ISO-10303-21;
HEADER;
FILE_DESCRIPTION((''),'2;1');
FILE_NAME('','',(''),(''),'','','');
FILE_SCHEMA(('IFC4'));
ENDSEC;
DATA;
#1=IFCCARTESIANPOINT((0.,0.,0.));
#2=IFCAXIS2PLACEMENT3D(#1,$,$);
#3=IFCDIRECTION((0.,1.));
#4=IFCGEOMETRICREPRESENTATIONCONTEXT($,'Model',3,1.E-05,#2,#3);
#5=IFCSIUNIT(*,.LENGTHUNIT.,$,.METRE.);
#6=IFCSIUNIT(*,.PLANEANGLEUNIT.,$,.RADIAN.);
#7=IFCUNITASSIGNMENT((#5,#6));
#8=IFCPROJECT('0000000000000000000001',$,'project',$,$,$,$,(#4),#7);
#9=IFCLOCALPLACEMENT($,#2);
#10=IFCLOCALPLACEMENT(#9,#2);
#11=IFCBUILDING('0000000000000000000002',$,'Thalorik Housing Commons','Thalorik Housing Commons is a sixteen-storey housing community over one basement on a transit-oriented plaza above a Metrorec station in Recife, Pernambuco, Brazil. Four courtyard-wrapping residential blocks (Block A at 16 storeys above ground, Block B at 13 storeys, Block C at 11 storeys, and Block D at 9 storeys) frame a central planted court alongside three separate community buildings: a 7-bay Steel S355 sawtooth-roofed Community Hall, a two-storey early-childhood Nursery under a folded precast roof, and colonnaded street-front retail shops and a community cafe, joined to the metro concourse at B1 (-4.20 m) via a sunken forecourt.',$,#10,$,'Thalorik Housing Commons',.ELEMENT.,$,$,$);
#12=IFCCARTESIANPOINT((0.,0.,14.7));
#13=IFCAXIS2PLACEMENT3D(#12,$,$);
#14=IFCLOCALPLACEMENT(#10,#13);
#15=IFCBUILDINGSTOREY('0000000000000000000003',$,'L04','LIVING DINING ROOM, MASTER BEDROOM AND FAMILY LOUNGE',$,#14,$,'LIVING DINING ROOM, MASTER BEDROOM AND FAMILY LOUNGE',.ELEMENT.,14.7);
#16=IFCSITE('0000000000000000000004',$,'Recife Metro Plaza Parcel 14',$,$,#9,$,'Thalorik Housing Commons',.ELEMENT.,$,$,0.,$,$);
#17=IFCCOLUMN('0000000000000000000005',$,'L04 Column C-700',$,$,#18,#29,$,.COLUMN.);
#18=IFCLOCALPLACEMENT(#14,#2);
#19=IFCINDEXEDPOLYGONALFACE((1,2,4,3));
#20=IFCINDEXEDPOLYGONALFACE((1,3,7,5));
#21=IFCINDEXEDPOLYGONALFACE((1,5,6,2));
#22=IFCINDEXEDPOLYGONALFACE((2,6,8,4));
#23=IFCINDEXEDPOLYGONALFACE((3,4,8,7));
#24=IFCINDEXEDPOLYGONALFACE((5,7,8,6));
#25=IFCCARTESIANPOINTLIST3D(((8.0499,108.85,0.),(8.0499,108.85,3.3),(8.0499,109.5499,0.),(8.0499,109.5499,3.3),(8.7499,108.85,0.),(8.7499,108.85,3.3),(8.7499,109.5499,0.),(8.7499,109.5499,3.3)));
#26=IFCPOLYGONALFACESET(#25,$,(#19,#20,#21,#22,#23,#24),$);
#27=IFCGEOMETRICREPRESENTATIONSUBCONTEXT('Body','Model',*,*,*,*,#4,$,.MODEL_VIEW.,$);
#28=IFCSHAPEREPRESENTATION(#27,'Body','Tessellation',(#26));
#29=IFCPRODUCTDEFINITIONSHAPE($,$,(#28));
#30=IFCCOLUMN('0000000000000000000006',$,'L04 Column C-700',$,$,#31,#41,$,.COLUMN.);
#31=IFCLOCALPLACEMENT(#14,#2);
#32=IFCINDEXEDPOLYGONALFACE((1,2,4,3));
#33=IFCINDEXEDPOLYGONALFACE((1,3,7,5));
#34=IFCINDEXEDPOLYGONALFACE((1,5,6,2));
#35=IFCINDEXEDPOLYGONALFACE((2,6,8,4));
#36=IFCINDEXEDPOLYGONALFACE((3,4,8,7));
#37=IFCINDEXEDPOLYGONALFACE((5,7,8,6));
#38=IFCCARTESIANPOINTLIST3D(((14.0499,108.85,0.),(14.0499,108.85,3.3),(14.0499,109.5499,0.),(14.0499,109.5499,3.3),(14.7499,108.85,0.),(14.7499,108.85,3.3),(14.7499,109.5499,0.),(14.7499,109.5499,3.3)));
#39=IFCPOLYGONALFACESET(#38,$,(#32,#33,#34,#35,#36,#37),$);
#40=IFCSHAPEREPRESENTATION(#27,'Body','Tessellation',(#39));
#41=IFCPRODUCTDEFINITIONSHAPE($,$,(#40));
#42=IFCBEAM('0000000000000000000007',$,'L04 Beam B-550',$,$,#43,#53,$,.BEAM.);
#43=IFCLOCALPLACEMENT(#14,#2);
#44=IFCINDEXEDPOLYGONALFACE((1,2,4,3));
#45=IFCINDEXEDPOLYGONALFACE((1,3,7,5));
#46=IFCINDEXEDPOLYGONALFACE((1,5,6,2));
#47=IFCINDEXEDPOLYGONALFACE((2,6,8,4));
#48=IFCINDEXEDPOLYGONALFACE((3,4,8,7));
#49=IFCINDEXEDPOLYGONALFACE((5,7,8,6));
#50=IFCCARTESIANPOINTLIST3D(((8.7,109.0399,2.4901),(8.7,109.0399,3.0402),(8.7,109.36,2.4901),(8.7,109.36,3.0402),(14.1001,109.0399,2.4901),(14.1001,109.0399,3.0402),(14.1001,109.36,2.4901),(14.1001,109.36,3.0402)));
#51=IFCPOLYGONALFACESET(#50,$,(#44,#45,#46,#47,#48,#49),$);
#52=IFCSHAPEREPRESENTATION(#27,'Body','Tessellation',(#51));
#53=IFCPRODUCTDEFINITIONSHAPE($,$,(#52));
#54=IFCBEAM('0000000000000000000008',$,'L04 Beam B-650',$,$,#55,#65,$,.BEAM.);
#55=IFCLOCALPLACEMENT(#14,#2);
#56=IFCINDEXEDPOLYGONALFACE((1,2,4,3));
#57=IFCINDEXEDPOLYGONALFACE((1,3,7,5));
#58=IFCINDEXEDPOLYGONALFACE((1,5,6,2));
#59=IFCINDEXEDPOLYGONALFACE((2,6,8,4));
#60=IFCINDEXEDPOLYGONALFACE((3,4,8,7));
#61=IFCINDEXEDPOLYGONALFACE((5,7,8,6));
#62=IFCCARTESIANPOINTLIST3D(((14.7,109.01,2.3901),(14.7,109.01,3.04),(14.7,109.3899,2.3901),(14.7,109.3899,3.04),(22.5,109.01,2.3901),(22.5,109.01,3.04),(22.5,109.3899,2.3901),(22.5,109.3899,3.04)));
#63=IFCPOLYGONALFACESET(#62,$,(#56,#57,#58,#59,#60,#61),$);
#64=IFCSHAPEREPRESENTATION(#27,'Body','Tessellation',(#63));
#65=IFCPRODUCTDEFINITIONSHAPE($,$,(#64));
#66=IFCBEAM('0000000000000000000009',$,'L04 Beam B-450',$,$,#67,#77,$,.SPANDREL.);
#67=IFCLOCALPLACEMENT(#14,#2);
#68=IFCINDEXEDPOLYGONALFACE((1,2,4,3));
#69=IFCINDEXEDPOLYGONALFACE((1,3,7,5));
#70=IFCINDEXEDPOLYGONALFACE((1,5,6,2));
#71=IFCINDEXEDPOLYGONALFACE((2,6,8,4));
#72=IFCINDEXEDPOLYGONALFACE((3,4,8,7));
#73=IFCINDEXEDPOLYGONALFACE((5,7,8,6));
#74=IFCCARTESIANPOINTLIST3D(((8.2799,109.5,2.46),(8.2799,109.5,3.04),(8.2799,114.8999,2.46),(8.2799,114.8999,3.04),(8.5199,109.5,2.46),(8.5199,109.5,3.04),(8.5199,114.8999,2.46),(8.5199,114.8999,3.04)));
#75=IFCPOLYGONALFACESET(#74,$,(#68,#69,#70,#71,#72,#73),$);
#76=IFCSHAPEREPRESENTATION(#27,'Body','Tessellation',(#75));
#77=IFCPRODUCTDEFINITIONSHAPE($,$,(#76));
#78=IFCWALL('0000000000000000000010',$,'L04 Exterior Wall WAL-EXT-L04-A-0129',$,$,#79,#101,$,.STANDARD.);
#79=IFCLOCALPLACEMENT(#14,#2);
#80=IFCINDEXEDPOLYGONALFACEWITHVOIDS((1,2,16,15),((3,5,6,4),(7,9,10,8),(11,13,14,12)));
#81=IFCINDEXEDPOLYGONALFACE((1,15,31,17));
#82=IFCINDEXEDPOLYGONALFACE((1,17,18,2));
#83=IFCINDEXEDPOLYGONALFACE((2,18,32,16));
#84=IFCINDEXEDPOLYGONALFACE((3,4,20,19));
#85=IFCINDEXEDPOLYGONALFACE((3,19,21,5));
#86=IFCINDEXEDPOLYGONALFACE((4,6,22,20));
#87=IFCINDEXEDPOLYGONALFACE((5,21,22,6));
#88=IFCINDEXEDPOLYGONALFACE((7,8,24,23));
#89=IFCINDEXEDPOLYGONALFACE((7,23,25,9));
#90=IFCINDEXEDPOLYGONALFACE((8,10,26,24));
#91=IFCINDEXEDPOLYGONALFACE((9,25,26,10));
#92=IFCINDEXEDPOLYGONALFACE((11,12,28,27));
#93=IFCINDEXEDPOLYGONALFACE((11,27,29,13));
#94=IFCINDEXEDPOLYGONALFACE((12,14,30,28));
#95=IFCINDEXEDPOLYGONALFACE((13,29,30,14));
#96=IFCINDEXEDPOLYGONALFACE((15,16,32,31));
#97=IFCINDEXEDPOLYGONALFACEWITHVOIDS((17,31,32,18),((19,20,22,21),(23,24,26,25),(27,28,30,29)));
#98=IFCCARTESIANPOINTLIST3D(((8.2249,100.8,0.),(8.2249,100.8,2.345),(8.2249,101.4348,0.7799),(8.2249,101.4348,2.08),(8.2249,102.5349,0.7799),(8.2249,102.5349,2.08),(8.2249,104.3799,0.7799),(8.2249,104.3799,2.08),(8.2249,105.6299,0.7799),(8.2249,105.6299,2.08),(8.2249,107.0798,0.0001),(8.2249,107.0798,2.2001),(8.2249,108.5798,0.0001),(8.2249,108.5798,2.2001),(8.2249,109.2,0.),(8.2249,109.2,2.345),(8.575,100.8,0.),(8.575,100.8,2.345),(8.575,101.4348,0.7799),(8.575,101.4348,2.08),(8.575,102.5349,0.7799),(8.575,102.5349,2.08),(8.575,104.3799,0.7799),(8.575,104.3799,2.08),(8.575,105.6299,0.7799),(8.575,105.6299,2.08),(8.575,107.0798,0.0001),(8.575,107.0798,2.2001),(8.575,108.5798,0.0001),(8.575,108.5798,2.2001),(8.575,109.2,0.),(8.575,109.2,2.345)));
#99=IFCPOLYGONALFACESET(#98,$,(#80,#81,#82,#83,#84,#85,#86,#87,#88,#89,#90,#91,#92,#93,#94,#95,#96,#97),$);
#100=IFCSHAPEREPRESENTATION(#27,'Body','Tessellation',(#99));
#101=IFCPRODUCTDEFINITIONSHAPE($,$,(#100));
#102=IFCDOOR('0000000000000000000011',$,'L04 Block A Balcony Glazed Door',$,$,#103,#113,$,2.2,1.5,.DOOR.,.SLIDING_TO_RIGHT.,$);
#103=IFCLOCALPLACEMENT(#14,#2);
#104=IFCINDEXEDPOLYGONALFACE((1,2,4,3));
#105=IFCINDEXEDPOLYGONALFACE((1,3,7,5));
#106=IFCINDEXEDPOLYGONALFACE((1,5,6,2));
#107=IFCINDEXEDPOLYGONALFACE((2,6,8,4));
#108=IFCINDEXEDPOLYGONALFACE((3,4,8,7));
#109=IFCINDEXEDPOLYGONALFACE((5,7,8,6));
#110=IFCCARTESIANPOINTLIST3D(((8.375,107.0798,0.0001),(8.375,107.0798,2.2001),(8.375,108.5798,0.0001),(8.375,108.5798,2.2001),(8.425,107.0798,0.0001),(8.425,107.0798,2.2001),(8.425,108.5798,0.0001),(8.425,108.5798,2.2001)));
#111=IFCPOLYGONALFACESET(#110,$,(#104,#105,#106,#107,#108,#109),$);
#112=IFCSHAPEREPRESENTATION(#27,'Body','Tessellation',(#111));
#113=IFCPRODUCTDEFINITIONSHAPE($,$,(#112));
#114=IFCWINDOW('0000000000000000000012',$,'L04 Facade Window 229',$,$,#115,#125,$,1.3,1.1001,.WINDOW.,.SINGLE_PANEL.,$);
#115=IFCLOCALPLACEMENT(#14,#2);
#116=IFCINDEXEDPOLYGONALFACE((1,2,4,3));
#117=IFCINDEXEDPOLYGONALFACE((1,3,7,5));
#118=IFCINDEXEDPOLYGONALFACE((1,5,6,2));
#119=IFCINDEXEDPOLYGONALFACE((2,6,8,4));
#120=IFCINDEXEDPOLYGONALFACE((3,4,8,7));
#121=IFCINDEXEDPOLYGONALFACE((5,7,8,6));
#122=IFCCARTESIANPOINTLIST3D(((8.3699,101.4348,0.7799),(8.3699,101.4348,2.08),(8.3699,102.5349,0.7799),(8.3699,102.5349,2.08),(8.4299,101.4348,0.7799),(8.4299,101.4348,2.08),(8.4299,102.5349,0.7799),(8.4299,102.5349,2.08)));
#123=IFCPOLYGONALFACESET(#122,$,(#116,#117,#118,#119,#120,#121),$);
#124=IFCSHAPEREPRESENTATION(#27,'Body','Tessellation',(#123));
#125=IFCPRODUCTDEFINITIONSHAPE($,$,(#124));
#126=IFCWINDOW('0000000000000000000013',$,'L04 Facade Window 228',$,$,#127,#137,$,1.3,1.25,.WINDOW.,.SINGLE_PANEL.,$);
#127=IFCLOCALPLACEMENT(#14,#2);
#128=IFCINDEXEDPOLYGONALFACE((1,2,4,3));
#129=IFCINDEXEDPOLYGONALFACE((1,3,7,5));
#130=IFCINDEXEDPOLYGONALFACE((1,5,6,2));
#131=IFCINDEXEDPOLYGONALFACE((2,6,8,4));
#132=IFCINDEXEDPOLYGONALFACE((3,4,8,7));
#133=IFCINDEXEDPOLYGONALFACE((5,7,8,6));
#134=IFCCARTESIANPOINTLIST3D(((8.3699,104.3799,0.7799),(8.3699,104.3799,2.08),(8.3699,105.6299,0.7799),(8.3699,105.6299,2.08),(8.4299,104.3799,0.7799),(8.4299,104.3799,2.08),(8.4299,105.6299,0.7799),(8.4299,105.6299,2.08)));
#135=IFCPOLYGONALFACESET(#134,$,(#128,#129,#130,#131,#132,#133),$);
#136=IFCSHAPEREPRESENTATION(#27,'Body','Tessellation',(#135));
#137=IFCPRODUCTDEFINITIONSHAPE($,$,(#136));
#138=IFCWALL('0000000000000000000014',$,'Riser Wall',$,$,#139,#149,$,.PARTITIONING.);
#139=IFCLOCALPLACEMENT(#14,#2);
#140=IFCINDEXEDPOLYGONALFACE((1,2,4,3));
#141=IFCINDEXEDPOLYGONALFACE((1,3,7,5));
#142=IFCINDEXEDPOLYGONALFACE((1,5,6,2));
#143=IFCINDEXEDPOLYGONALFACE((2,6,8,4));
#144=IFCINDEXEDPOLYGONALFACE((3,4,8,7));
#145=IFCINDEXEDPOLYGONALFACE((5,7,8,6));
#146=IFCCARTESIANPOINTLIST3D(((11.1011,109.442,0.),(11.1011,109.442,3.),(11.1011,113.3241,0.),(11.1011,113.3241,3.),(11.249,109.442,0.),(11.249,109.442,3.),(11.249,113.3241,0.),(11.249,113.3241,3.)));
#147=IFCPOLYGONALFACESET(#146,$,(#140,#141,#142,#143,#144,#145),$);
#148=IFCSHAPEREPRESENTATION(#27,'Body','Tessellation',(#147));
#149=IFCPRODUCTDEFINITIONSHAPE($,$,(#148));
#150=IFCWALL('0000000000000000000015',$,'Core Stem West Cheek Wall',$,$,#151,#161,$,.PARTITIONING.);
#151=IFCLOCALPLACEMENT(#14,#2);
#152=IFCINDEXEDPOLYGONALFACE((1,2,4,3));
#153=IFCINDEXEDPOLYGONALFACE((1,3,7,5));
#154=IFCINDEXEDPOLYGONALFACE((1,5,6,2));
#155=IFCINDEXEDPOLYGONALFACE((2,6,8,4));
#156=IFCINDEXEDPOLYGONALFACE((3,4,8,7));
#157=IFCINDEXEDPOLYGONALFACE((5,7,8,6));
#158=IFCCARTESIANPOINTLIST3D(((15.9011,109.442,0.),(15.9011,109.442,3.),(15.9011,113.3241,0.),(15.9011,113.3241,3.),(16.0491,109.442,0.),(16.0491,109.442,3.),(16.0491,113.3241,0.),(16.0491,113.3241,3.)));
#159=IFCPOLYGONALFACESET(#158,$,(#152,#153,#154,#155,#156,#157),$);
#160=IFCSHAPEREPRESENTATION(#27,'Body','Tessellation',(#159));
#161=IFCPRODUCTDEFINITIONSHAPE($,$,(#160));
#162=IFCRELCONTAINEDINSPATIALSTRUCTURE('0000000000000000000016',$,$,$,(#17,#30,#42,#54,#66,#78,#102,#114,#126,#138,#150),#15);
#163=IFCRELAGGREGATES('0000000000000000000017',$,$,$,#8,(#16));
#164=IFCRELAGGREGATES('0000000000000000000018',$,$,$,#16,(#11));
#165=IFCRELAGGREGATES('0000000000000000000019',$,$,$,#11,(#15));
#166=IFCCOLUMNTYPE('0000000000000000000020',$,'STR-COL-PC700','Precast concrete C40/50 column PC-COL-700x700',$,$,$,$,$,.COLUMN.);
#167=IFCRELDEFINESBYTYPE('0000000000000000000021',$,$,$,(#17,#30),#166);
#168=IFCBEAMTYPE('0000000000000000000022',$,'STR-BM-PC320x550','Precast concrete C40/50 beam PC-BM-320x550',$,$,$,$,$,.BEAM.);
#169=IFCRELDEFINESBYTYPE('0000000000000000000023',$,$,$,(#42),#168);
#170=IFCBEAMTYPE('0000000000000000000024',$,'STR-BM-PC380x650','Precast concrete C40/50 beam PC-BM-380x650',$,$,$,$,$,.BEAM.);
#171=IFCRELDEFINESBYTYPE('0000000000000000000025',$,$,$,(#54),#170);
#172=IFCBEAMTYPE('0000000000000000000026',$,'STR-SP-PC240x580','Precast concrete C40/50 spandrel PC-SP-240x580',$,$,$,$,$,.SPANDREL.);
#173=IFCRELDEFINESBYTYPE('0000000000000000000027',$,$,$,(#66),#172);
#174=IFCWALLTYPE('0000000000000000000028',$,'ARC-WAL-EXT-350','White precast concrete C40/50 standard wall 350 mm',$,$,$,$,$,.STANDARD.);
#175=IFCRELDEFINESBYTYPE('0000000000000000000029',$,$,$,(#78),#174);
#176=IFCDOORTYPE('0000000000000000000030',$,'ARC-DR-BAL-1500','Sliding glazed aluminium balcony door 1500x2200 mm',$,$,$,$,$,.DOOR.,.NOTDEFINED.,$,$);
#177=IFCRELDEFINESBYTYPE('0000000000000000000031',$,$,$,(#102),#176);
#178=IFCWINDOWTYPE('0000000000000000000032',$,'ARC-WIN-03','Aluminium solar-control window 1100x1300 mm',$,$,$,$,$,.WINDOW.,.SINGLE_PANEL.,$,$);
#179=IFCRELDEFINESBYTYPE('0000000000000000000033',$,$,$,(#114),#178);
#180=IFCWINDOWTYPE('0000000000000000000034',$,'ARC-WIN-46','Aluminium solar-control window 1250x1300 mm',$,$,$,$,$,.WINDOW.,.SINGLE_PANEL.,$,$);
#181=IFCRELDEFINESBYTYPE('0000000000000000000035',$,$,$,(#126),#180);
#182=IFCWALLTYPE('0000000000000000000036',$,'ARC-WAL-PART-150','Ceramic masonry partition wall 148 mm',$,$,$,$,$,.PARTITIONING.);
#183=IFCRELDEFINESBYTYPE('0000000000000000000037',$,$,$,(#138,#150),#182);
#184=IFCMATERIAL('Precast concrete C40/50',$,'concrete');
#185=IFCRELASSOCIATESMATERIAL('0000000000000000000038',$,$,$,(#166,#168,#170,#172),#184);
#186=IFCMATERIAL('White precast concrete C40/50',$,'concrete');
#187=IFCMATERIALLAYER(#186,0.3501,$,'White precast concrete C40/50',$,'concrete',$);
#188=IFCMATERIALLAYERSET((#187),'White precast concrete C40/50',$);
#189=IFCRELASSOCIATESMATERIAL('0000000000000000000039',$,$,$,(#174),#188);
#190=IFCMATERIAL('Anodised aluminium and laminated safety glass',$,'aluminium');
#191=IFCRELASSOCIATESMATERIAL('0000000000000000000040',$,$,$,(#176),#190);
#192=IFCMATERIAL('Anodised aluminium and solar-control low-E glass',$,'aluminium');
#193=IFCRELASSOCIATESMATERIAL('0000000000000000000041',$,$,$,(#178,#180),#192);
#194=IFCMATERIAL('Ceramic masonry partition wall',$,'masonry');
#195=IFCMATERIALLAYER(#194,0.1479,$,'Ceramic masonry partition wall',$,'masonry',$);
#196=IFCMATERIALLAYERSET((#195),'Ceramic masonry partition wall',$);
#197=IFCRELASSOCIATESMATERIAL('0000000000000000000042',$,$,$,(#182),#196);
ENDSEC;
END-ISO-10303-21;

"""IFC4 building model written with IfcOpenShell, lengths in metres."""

from ifc_helpers import new_model, si_unit, direction, frame, frame_2d, origin, origin_2d, place, context, subcontext, project, spatial, rectangle, extrude, material, layer, layer_set, material_profile, profile_set, type_object, element, fill, save


model = new_model("IFC4")

# Units and contexts
model_context = context("Model", 3, precision=1e-05, world=origin(), true_north=direction((0.0, 1.0)))
body_context = subcontext(model_context, "Body", "Model", "MODEL_VIEW")
ifc_project = project(units=[si_unit("LENGTHUNIT", "METRE"), si_unit("PLANEANGLEUNIT", "RADIAN")], contexts=[model_context])

# Site, building, storey
site_placement = place(None, origin())
site = spatial("IfcSite", under=ifc_project, at=site_placement, Name="Recife Metro Plaza Parcel 14", LongName="Thalorik Housing Commons", CompositionType="ELEMENT", RefElevation=0.0)
building_placement = place(site_placement, origin())
building = spatial("IfcBuilding", under=site, at=building_placement, Name="Thalorik Housing Commons", Description="Thalorik Housing Commons is a sixteen-storey housing community over one basement on a transit-oriented plaza above a Metrorec station in Recife, Pernambuco, Brazil. Four courtyard-wrapping residential blocks (Block A at 16 storeys above ground, Block B at 13 storeys, Block C at 11 storeys, and Block D at 9 storeys) frame a central planted court alongside three separate community buildings: a 7-bay Steel S355 sawtooth-roofed Community Hall, a two-storey early-childhood Nursery under a folded precast roof, and colonnaded street-front retail shops and a community cafe, joined to the metro concourse at B1 (-4.20 m) via a sunken forecourt.", LongName="Thalorik Housing Commons", CompositionType="ELEMENT")
storey_placement = place(building_placement, frame((0.0, 0.0, 14.7)))
storey = spatial("IfcBuildingStorey", under=building, at=storey_placement, Name="L04", Description="LIVING DINING ROOM, MASTER BEDROOM AND FAMILY LOUNGE", LongName="LIVING DINING ROOM, MASTER BEDROOM AND FAMILY LOUNGE", CompositionType="ELEMENT", Elevation=14.7)

# Columns
ifc_material_1 = material(Name="Precast concrete C40/50", Category="concrete")
ifc_material_profile_1 = material_profile(ifc_material_1, rectangle(XDim=0.7, YDim=0.7, at=origin_2d()), Name="PC 700x700", Category="concrete")
ifc_profile_set_1 = profile_set([ifc_material_profile_1], Name="Precast concrete C40/50")
column_type = type_object("IfcColumnType", Name="STR-COL-PC700", Description="Precast concrete C40/50 column PC-COL-700x700", PredefinedType="COLUMN", material=ifc_profile_set_1)
for number, where, z_axis, x_axis, name in (
    (1, (8.3999, 109.2, 0.0), (0.0, 0.0, 1.0), (1.0, 0.0, 0.0), "L04 Column C-700"),
    (2, (14.3999, 109.2, 0.0), (0.0, 0.0, 1.0), (1.0, 0.0, 0.0), "L04 Column C-700"),
):
    element("IfcColumn", number, at=place(storey_placement, frame(where, z_axis=z_axis, x_axis=x_axis)), inside=storey, type_object=column_type, Name=name, PredefinedType="COLUMN", context=body_context, shape_type="SweptSolid", body=[
        extrude(rectangle(XDim=0.7, YDim=0.7, at=origin_2d()), origin(), (0.0, 0.0, 1.0), 3.3),
    ])

# Beams
ifc_material_profile_2 = material_profile(ifc_material_1, rectangle(XDim=0.3201, YDim=0.55, at=origin_2d()), Name="PC 320x550", Category="concrete")
ifc_profile_set_2 = profile_set([ifc_material_profile_2], Name="Precast concrete C40/50")
beam_type_1 = type_object("IfcBeamType", Name="STR-BM-PC320x550", Description="Precast concrete C40/50 beam PC-BM-320x550", PredefinedType="BEAM", material=ifc_profile_set_2)
beam_1_placement = place(storey_placement, frame((8.7, 109.2, 2.7651), z_axis=(1.0, 0.0, 0.0), x_axis=(0.0, 1.0, 0.0)))
element("IfcBeam", 3, at=beam_1_placement, inside=storey, type_object=beam_type_1, Name="L04 Beam B-550", PredefinedType="BEAM", context=body_context, shape_type="SweptSolid", body=[
    extrude(rectangle(XDim=0.3201, YDim=0.55, at=origin_2d()), origin(), (0.0, 0.0, 1.0), 5.4001),
])
ifc_material_profile_3 = material_profile(ifc_material_1, rectangle(XDim=0.3799, YDim=0.6499, at=origin_2d()), Name="PC 380x650", Category="concrete")
ifc_profile_set_3 = profile_set([ifc_material_profile_3], Name="Precast concrete C40/50")
beam_type_2 = type_object("IfcBeamType", Name="STR-BM-PC380x650", Description="Precast concrete C40/50 beam PC-BM-380x650", PredefinedType="BEAM", material=ifc_profile_set_3)
beam_2_placement = place(storey_placement, frame((14.7, 109.2, 2.7151), z_axis=(1.0, 0.0, 0.0), x_axis=(0.0, 1.0, 0.0)))
element("IfcBeam", 4, at=beam_2_placement, inside=storey, type_object=beam_type_2, Name="L04 Beam B-650", PredefinedType="BEAM", context=body_context, shape_type="SweptSolid", body=[
    extrude(rectangle(XDim=0.3799, YDim=0.6499, at=origin_2d()), origin(), (0.0, 0.0, 1.0), 7.8),
])
ifc_material_profile_4 = material_profile(ifc_material_1, rectangle(XDim=0.24, YDim=0.5801, at=origin_2d()), Name="PC SP 240x580", Category="concrete")
ifc_profile_set_4 = profile_set([ifc_material_profile_4], Name="Precast concrete C40/50")
beam_type_3 = type_object("IfcBeamType", Name="STR-SP-PC240x580", Description="Precast concrete C40/50 spandrel PC-SP-240x580", PredefinedType="SPANDREL", material=ifc_profile_set_4)
beam_3_placement = place(storey_placement, frame((8.3999, 109.5, 2.75), z_axis=(0.0, 1.0, 0.0), x_axis=(-1.0, 0.0, 0.0)))
element("IfcBeam", 5, at=beam_3_placement, inside=storey, type_object=beam_type_3, Name="L04 Beam B-450", PredefinedType="SPANDREL", context=body_context, shape_type="SweptSolid", body=[
    extrude(rectangle(XDim=0.24, YDim=0.5801, at=origin_2d()), origin(), (0.0, 0.0, 1.0), 5.3999),
])

# Wall, openings, door, windows
ifc_material_2 = material(Name="White precast concrete C40/50", Category="concrete")
ifc_layer_1 = layer(ifc_material_2, 0.3501, Name="White precast concrete C40/50", Category="concrete")
ifc_layer_set_1 = layer_set([ifc_layer_1], Name="White precast concrete C40/50")
wall_type_1 = type_object("IfcWallType", Name="ARC-WAL-EXT-350", Description="White precast concrete C40/50 standard wall 350 mm", PredefinedType="STANDARD", material=ifc_layer_set_1)
wall_1_placement = place(storey_placement, frame((8.3999, 109.2, 0.0), z_axis=(0.0, 0.0, 1.0), x_axis=(0.0, -1.0, 0.0)))
wall_1 = element("IfcWall", 6, at=wall_1_placement, inside=storey, type_object=wall_type_1, Name="L04 Exterior Wall WAL-EXT-L04-A-0129", PredefinedType="STANDARD", context=body_context, shape_type="SweptSolid", body=[
    extrude(rectangle(XDim=8.3999, YDim=0.3501, at=frame_2d((4.2, 0.0))), origin(), (0.0, 0.0, 1.0), 2.345),
])
opening_1_placement = place(wall_1_placement, frame((0.6201, 0.0, 0.0)))
opening_1 = element("IfcOpeningElement", 7, at=opening_1_placement, cuts=wall_1, PredefinedType="OPENING", context=body_context, shape_type="SweptSolid", body=[
    extrude(rectangle(XDim=1.5, YDim=2.2, at=frame_2d((0.75, 1.1001))), frame((0.0, 0.1851, 0.0), z_axis=(0.0, -1.0, 0.0), x_axis=(1.0, 0.0, 0.0)), (0.0, 0.0, 1.0), 0.3701),
])
opening_2_placement = place(wall_1_placement, frame((3.5701, 0.0, 0.78)))
opening_2 = element("IfcOpeningElement", 8, at=opening_2_placement, cuts=wall_1, PredefinedType="OPENING", context=body_context, shape_type="SweptSolid", body=[
    extrude(rectangle(XDim=1.25, YDim=1.3, at=frame_2d((0.625, 0.6499))), frame((0.0, 0.1851, 0.0), z_axis=(0.0, -1.0, 0.0), x_axis=(1.0, 0.0, 0.0)), (0.0, 0.0, 1.0), 0.3701),
])
opening_3_placement = place(wall_1_placement, frame((6.665, 0.0, 0.78)))
opening_3 = element("IfcOpeningElement", 9, at=opening_3_placement, cuts=wall_1, PredefinedType="OPENING", context=body_context, shape_type="SweptSolid", body=[
    extrude(rectangle(XDim=1.1001, YDim=1.3, at=frame_2d((0.55, 0.6499))), frame((0.0, 0.1851, 0.0), z_axis=(0.0, -1.0, 0.0), x_axis=(1.0, 0.0, 0.0)), (0.0, 0.0, 1.0), 0.3701),
])
ifc_material_3 = material(Name="Anodised aluminium and laminated safety glass", Category="aluminium")
door_type_1 = type_object("IfcDoorType", Name="ARC-DR-BAL-1500", Description="Sliding glazed aluminium balcony door 1500x2200 mm", OperationType="NOTDEFINED", PredefinedType="DOOR", material=ifc_material_3)
door_1_placement = place(opening_1_placement, frame((1.5, 0.0, 0.0), z_axis=(0.0, 0.0, 1.0), x_axis=(-1.0, 0.0, 0.0)))
door_1 = element("IfcDoor", 10, at=door_1_placement, inside=storey, type_object=door_type_1, Name="L04 Block A Balcony Glazed Door", OperationType="SLIDING_TO_RIGHT", OverallHeight=2.2, OverallWidth=1.5, PredefinedType="DOOR", context=body_context, shape_type="SweptSolid", body=[
    extrude(rectangle(XDim=1.5, YDim=2.2, at=frame_2d((0.75, 1.1001))), frame((0.0, 0.0249, 0.0), z_axis=(0.0, -1.0, 0.0), x_axis=(1.0, 0.0, 0.0)), (0.0, 0.0, 1.0), 0.05),
])
fill(opening_1, door_1)
ifc_material_4 = material(Name="Anodised aluminium and solar-control low-E glass", Category="aluminium")
window_type_1 = type_object("IfcWindowType", Name="ARC-WIN-03", Description="Aluminium solar-control window 1100x1300 mm", PartitioningType="SINGLE_PANEL", PredefinedType="WINDOW", material=ifc_material_4)
window_1_placement = place(opening_3_placement, origin())
window_1 = element("IfcWindow", 11, at=window_1_placement, inside=storey, type_object=window_type_1, Name="L04 Facade Window 229", OverallHeight=1.3, OverallWidth=1.1001, PartitioningType="SINGLE_PANEL", PredefinedType="WINDOW", context=body_context, shape_type="SweptSolid", body=[
    extrude(rectangle(XDim=1.1001, YDim=1.3, at=frame_2d((0.55, 0.6499))), frame((0.0, 0.03, 0.0), z_axis=(0.0, -1.0, 0.0), x_axis=(1.0, 0.0, 0.0)), (0.0, 0.0, 1.0), 0.0601),
])
fill(opening_3, window_1)
window_type_2 = type_object("IfcWindowType", Name="ARC-WIN-46", Description="Aluminium solar-control window 1250x1300 mm", PartitioningType="SINGLE_PANEL", PredefinedType="WINDOW", material=ifc_material_4)
window_2_placement = place(opening_2_placement, origin())
window_2 = element("IfcWindow", 12, at=window_2_placement, inside=storey, type_object=window_type_2, Name="L04 Facade Window 228", OverallHeight=1.3, OverallWidth=1.25, PartitioningType="SINGLE_PANEL", PredefinedType="WINDOW", context=body_context, shape_type="SweptSolid", body=[
    extrude(rectangle(XDim=1.25, YDim=1.3, at=frame_2d((0.625, 0.6499))), frame((0.0, 0.03, 0.0), z_axis=(0.0, -1.0, 0.0), x_axis=(1.0, 0.0, 0.0)), (0.0, 0.0, 1.0), 0.0601),
])
fill(opening_2, window_2)

# Walls
ifc_material_5 = material(Name="Ceramic masonry partition wall", Category="masonry")
ifc_layer_2 = layer(ifc_material_5, 0.1479, Name="Ceramic masonry partition wall", Category="masonry")
ifc_layer_set_2 = layer_set([ifc_layer_2], Name="Ceramic masonry partition wall")
wall_type_2 = type_object("IfcWallType", Name="ARC-WAL-PART-150", Description="Ceramic masonry partition wall 148 mm", PredefinedType="PARTITIONING", material=ifc_layer_set_2)
for number, where, z_axis, x_axis, name in (
    (13, (11.175, 113.324, 0.0), (0.0, 0.0, 1.0), (0.0, -1.0, 0.0), "Riser Wall"),
    (14, (15.9751, 113.324, 0.0), (0.0, 0.0, 1.0), (0.0, -1.0, 0.0), "Core Stem West Cheek Wall"),
):
    element("IfcWall", number, at=place(storey_placement, frame(where, z_axis=z_axis, x_axis=x_axis)), inside=storey, type_object=wall_type_2, Name=name, PredefinedType="PARTITIONING", context=body_context, shape_type="SweptSolid", body=[
        extrude(rectangle(XDim=3.8821, YDim=0.1479, at=frame_2d((1.9409, 0.0))), origin(), (0.0, 0.0, 1.0), 3.0),
    ])

save(model, "model.ifc")
